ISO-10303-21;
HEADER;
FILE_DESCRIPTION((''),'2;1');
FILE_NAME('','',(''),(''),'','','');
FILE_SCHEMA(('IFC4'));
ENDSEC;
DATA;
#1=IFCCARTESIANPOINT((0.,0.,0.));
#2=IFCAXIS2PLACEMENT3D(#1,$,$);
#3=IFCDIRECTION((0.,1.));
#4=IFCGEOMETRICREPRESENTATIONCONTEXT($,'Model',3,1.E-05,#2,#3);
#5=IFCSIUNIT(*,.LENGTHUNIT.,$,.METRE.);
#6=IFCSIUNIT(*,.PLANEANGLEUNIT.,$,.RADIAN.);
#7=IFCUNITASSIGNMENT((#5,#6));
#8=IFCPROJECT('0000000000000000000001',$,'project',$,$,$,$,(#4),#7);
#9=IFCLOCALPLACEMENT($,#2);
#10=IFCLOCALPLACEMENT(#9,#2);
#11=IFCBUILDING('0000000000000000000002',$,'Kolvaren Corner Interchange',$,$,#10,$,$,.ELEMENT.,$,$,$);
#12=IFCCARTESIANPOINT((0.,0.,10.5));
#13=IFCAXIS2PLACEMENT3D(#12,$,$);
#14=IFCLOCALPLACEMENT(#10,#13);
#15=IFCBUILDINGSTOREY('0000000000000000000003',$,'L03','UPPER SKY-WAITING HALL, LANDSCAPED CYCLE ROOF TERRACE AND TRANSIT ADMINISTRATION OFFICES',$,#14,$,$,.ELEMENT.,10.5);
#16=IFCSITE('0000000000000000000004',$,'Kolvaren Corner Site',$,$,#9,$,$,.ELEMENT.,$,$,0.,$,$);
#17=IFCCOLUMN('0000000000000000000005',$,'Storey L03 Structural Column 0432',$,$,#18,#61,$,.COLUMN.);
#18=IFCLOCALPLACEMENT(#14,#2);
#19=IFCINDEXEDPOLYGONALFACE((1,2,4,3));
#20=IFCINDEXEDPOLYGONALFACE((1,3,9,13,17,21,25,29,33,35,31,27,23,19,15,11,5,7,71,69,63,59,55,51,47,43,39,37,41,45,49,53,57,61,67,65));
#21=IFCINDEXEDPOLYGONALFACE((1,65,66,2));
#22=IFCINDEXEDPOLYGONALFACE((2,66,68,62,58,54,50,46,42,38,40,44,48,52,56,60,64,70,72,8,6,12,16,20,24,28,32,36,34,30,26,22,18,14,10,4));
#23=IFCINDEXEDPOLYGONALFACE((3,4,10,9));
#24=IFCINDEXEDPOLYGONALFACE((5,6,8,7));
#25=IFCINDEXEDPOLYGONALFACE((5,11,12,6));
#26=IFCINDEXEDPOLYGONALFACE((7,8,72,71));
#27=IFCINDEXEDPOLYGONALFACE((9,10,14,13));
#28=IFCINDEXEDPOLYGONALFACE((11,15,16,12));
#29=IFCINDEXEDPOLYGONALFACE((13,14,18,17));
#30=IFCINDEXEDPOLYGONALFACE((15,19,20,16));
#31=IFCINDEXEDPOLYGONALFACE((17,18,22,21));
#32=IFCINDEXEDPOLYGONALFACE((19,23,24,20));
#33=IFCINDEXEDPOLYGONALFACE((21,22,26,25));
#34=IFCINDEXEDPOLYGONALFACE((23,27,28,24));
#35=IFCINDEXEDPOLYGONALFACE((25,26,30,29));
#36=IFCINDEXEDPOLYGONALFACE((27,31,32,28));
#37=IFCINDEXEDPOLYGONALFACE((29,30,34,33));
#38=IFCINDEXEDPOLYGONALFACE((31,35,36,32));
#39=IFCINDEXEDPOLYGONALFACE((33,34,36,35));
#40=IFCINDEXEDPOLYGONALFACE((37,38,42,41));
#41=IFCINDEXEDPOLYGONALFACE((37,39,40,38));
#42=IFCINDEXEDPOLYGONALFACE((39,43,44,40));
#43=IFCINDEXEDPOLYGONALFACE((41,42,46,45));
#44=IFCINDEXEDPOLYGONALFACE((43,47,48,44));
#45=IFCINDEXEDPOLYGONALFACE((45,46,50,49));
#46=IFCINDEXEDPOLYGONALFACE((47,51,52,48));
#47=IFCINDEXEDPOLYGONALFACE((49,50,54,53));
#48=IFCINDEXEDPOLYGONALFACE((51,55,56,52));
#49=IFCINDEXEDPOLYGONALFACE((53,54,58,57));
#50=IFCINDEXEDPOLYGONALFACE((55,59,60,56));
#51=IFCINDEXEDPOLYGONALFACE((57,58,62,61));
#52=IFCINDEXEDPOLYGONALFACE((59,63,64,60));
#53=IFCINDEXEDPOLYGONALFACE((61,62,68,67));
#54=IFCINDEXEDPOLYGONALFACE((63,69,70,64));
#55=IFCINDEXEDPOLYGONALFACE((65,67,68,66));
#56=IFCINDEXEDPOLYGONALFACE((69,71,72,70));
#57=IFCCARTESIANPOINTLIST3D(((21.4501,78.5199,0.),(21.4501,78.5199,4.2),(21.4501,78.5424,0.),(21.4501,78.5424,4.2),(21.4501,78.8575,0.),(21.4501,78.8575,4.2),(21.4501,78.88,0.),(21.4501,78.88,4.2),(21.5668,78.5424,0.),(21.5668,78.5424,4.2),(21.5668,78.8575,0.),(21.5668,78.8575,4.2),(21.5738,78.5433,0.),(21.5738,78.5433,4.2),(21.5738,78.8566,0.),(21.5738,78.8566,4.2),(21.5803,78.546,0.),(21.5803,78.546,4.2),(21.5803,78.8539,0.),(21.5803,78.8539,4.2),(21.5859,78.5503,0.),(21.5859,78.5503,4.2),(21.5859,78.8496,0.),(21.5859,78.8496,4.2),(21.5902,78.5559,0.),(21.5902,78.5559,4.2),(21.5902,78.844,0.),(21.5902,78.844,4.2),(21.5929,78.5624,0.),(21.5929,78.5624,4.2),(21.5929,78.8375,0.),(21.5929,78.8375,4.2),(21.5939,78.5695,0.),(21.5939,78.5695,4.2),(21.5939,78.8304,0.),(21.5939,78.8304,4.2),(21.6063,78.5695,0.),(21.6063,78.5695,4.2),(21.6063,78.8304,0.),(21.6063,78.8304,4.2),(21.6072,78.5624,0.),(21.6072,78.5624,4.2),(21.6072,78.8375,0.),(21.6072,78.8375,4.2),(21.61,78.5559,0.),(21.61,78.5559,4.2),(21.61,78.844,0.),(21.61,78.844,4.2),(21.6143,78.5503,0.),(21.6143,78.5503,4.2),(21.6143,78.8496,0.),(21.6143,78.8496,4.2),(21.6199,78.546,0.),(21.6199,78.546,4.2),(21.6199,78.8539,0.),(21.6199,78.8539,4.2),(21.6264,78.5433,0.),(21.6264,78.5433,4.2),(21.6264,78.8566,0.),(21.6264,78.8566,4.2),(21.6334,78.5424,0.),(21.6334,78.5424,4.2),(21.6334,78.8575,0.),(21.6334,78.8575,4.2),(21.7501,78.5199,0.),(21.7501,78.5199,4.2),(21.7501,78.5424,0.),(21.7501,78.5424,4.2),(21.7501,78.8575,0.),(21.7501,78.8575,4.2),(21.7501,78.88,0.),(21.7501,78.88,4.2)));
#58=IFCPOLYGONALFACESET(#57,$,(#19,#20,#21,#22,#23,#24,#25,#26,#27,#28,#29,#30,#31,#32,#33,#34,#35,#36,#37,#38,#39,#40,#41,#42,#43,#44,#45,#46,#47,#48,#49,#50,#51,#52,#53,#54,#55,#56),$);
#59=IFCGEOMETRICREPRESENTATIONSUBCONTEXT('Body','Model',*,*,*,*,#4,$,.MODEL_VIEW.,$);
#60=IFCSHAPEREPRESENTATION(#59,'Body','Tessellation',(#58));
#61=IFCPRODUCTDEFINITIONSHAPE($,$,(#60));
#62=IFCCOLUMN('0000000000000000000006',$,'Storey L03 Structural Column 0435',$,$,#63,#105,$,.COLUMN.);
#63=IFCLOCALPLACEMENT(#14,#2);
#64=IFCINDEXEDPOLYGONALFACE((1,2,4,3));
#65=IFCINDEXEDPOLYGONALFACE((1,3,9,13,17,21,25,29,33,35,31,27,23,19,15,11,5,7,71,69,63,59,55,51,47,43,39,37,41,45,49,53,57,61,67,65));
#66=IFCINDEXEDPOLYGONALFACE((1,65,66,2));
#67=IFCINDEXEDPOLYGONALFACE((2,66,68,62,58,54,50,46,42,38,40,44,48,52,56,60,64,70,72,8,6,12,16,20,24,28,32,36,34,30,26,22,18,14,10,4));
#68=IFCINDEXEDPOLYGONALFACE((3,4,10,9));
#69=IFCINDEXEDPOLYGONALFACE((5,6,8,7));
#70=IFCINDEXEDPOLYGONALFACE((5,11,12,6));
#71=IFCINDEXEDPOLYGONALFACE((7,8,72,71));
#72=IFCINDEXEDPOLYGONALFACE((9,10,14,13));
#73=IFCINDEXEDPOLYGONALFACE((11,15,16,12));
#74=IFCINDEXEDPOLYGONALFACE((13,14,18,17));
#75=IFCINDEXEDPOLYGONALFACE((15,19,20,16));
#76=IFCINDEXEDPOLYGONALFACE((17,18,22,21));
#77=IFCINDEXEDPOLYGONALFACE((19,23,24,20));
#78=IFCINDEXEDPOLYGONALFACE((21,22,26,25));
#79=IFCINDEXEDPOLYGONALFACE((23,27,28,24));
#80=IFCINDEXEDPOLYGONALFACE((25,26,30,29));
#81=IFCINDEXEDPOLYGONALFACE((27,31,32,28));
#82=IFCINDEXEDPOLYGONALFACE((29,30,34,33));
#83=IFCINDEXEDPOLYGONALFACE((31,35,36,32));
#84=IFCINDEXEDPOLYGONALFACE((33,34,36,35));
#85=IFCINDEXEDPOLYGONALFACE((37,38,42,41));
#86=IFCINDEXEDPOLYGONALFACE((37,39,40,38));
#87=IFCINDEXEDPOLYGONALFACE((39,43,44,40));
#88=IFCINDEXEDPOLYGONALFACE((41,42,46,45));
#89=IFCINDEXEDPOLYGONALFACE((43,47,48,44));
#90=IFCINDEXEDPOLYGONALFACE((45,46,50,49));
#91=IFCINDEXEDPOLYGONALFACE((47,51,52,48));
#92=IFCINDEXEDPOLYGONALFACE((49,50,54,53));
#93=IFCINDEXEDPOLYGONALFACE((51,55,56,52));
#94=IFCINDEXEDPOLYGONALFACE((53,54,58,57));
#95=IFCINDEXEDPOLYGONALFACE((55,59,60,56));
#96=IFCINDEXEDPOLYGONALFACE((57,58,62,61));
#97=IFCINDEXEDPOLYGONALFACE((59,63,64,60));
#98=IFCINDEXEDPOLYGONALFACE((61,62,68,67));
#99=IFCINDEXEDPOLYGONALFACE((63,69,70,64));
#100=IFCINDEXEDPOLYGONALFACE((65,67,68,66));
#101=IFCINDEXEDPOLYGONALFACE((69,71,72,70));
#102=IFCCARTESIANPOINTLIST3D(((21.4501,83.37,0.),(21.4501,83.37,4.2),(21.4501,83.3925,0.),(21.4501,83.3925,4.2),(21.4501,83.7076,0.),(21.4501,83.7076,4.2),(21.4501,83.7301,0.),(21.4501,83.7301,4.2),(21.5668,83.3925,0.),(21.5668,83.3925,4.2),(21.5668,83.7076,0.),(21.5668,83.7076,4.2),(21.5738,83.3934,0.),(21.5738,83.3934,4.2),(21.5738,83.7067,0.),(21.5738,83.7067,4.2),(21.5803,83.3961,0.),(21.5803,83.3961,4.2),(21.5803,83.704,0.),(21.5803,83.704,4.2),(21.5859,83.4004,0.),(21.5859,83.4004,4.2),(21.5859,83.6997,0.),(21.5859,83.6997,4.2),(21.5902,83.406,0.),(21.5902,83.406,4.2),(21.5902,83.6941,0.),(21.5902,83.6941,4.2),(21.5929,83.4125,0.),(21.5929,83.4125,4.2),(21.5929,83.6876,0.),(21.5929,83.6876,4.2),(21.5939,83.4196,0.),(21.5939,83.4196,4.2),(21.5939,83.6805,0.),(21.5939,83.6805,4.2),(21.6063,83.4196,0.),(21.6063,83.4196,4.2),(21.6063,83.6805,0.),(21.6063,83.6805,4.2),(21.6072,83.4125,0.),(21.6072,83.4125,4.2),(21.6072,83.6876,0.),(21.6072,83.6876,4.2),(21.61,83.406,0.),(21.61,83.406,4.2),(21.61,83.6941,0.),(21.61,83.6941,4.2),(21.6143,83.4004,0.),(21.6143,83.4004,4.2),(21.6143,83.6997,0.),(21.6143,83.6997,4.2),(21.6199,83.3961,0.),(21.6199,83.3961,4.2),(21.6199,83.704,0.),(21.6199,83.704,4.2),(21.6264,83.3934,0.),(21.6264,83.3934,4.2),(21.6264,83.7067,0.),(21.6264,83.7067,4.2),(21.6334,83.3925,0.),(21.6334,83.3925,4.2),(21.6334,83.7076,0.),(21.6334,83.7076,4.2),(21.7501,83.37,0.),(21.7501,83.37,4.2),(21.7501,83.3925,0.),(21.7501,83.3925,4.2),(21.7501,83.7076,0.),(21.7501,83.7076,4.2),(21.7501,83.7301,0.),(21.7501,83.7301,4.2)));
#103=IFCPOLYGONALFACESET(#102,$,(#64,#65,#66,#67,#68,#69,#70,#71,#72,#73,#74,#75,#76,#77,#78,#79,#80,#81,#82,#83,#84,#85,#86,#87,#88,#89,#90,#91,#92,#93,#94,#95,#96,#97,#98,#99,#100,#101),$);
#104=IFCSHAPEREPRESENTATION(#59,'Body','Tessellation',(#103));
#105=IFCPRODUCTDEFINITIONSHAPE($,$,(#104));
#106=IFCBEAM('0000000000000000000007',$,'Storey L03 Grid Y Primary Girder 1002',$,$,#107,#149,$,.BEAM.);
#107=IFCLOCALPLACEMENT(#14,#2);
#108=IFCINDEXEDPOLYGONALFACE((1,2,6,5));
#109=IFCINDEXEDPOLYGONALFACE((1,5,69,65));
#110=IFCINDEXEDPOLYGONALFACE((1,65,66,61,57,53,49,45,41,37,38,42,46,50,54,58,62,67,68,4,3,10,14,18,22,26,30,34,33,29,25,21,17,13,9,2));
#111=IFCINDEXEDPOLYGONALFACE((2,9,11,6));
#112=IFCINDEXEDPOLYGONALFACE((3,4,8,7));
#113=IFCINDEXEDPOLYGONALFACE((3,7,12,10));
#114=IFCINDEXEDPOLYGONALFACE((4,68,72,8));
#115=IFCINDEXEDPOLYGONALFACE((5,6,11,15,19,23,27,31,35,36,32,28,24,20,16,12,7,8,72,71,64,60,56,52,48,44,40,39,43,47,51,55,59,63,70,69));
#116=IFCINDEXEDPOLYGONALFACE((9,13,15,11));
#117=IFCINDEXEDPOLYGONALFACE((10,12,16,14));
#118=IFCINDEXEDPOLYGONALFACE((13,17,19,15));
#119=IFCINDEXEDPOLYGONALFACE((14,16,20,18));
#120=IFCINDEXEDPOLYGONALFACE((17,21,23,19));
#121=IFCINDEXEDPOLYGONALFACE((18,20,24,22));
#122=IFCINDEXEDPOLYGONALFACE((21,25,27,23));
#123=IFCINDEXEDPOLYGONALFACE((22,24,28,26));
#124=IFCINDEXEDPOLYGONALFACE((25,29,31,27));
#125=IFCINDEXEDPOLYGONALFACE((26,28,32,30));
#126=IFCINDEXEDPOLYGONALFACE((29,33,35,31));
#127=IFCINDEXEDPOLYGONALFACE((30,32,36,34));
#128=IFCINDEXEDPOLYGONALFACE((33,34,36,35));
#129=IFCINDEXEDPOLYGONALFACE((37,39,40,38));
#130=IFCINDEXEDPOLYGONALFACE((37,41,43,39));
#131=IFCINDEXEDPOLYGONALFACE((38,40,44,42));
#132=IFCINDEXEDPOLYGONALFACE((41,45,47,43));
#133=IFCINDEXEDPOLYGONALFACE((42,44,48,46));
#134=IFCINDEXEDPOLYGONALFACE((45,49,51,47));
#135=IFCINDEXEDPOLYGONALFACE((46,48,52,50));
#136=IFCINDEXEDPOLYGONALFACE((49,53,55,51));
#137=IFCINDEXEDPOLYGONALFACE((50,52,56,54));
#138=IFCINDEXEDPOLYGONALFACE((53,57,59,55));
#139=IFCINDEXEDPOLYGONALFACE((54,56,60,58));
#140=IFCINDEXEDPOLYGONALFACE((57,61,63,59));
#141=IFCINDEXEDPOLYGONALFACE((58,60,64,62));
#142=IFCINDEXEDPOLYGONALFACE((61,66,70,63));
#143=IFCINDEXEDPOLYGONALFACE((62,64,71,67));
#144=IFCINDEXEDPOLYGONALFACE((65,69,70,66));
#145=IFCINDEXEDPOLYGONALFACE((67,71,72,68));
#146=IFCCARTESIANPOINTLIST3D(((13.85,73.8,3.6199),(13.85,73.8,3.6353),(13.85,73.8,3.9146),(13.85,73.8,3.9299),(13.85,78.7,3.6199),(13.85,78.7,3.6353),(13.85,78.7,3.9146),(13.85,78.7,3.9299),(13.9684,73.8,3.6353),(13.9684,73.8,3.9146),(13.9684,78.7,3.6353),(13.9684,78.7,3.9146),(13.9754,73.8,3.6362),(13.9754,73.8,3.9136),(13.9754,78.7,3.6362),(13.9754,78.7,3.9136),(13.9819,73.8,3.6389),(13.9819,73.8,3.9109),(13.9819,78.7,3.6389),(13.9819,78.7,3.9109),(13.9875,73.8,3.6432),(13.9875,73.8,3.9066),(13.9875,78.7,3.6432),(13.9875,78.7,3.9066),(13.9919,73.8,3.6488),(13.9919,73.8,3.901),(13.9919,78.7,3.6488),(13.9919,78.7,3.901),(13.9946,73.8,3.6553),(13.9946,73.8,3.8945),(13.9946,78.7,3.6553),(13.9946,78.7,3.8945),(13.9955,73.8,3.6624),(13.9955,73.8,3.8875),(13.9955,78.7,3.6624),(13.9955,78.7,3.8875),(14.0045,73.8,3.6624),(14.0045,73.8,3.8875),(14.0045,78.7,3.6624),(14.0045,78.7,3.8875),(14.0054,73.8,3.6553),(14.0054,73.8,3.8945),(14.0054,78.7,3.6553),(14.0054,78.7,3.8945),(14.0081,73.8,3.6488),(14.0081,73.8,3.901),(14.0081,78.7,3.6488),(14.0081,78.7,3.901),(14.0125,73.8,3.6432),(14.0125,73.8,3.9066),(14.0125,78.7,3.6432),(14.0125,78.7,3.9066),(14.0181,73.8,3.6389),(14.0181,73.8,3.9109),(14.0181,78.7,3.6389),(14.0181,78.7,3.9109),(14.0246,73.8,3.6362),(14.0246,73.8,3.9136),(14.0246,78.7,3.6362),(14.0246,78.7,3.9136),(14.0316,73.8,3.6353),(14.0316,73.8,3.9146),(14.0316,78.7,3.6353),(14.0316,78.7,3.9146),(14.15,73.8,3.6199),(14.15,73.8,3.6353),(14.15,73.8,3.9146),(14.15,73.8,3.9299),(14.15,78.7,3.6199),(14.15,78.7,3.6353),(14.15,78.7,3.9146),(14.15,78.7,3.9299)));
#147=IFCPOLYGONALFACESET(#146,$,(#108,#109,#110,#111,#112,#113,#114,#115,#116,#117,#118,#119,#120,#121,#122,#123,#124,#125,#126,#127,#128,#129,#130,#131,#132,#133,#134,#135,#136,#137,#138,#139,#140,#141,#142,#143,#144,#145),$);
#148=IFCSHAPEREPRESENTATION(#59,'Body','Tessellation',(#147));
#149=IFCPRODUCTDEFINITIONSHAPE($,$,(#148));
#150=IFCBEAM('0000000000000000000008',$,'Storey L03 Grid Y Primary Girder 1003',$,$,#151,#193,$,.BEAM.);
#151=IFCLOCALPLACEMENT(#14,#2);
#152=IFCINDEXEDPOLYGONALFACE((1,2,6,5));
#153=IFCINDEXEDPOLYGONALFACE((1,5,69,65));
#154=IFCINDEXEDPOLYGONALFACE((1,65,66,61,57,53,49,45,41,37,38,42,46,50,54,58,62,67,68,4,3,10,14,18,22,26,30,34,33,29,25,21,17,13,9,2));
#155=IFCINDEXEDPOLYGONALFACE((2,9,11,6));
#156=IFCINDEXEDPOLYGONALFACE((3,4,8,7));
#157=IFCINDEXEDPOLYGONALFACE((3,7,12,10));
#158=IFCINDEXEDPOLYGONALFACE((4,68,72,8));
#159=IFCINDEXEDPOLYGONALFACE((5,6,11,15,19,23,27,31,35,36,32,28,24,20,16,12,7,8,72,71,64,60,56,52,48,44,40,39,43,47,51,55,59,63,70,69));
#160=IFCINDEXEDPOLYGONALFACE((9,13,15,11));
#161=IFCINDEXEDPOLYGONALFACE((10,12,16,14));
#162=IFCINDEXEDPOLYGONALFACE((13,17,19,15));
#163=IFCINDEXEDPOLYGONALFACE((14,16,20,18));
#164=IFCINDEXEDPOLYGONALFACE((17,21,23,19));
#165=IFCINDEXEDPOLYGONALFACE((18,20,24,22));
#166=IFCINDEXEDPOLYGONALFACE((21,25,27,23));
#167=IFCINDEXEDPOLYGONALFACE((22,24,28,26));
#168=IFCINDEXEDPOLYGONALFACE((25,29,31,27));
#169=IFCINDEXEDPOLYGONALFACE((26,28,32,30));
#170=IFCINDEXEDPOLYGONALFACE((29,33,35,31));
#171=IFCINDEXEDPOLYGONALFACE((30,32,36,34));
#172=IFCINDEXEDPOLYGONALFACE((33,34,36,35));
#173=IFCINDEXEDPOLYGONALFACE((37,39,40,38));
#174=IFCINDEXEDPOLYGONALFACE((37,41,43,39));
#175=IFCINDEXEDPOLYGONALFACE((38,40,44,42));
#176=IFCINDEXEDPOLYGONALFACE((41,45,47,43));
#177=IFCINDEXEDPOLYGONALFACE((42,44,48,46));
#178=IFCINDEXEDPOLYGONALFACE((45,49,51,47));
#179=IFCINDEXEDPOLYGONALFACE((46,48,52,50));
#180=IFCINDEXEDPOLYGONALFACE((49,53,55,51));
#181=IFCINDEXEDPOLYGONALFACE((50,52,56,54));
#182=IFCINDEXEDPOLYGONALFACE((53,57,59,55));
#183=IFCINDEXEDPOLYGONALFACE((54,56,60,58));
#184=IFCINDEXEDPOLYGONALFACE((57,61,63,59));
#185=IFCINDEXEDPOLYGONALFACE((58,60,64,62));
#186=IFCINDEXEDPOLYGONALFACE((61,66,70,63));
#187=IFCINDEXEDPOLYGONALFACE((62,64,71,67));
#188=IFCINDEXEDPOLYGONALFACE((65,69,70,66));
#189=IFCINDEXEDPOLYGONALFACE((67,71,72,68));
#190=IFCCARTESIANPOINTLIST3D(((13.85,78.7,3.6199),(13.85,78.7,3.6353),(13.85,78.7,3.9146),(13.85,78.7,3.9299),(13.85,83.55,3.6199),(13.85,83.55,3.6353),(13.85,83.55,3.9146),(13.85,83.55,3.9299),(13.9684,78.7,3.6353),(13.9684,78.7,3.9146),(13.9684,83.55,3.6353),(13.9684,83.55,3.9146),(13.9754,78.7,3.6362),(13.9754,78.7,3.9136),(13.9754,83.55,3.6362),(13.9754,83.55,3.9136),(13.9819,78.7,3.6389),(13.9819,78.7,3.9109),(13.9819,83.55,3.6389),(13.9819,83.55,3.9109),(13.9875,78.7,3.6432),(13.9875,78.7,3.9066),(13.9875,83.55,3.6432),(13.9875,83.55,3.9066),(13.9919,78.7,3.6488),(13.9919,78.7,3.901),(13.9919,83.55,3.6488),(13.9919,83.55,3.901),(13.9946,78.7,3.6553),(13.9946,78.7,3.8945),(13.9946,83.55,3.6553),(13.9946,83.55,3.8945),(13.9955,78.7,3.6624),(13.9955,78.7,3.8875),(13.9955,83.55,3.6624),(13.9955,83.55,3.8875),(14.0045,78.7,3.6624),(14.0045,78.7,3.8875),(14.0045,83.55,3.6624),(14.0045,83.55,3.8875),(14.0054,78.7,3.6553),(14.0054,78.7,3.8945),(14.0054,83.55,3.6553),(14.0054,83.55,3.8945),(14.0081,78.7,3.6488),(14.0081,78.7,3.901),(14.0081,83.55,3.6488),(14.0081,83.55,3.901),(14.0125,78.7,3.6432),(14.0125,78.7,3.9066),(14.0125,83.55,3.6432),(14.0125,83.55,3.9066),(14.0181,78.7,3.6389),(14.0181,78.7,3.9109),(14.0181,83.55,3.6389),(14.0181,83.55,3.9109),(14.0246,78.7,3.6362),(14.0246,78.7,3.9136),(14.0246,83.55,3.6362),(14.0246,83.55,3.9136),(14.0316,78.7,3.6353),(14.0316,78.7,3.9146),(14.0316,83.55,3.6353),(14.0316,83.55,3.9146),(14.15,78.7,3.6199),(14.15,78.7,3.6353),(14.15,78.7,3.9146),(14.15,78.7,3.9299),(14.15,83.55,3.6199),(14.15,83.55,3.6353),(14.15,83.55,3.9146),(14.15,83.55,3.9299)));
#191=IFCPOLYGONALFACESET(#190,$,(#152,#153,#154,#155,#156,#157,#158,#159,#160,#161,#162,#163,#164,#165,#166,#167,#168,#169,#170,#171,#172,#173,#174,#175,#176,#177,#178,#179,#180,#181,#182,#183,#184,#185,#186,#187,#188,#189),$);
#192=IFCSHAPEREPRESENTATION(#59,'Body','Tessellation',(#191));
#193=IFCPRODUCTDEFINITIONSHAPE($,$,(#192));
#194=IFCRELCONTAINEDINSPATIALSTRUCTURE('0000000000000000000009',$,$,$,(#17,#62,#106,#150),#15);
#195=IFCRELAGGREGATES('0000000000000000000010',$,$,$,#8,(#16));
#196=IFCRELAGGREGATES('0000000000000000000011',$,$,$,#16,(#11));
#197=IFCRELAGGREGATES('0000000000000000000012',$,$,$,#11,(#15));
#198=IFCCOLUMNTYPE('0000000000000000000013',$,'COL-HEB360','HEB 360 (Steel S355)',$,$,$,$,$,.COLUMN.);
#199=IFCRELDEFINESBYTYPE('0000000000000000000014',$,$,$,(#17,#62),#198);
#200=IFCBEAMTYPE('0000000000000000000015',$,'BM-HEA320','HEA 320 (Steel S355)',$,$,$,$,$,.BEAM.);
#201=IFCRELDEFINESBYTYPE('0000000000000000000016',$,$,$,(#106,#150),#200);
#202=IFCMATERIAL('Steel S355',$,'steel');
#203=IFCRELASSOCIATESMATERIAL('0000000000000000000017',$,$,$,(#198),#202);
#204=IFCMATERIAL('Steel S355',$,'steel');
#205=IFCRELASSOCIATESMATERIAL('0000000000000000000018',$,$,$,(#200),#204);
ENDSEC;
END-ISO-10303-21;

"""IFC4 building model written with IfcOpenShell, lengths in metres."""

from ifc_helpers import new_model, si_unit, direction, frame, origin, origin_2d, place, context, subcontext, project, spatial, i_section, extrude, material, material_profile, profile_set, type_object, element, save


model = new_model("IFC4")

# Units and contexts
model_context = context("Model", 3, precision=1e-05, world=origin(), true_north=direction((0.0, 1.0)))
body_context = subcontext(model_context, "Body", "Model", "MODEL_VIEW")
ifc_project = project(units=[si_unit("LENGTHUNIT", "METRE"), si_unit("PLANEANGLEUNIT", "RADIAN")], contexts=[model_context])

# Site, building, storey
site_placement = place(None, origin())
site = spatial("IfcSite", under=ifc_project, at=site_placement, Name="Kolvaren Corner Site", CompositionType="ELEMENT", RefElevation=0.0)
building_placement = place(site_placement, origin())
building = spatial("IfcBuilding", under=site, at=building_placement, Name="Kolvaren Corner Interchange", CompositionType="ELEMENT")
storey_placement = place(building_placement, frame((0.0, 0.0, 10.5)))
storey = spatial("IfcBuildingStorey", under=building, at=storey_placement, Name="L03", Description="UPPER SKY-WAITING HALL, LANDSCAPED CYCLE ROOF TERRACE AND TRANSIT ADMINISTRATION OFFICES", CompositionType="ELEMENT", Elevation=10.5)

# Columns
ifc_material_1 = material(Name="Steel S355", Category="steel")
ifc_material_profile_1 = material_profile(ifc_material_1, i_section(OverallWidth=0.3, OverallDepth=0.3601, WebThickness=0.0125, FlangeThickness=0.0225, FilletRadius=0.0271, at=origin_2d()), Name="HEB 360")
ifc_profile_set_1 = profile_set([ifc_material_profile_1], Name="Steel S355")
column_type = type_object("IfcColumnType", Name="COL-HEB360", Description="HEB 360 (Steel S355)", PredefinedType="COLUMN", material=ifc_profile_set_1)
for number, where, z_axis, x_axis, name in (
    (1, (21.6001, 78.7, 0.0), (0.0, 0.0, 1.0), (1.0, 0.0, 0.0), "Storey L03 Structural Column 0432"),
    (2, (21.6001, 83.55, 0.0), (0.0, 0.0, 1.0), (1.0, 0.0, 0.0), "Storey L03 Structural Column 0435"),
):
    element("IfcColumn", number, at=place(storey_placement, frame(where, z_axis=z_axis, x_axis=x_axis)), inside=storey, type_object=column_type, Name=name, PredefinedType="COLUMN", context=body_context, shape_type="SweptSolid", body=[
        extrude(i_section(OverallWidth=0.3, OverallDepth=0.3601, WebThickness=0.0125, FlangeThickness=0.0225, FilletRadius=0.0271, at=origin_2d()), origin(), (0.0, 0.0, 1.0), 4.2),
    ])

# Beams
ifc_material_2 = material(Name="Steel S355", Category="steel")
ifc_material_profile_2 = material_profile(ifc_material_2, i_section(OverallWidth=0.3, OverallDepth=0.3101, WebThickness=0.009, FlangeThickness=0.0154, FilletRadius=0.0271, at=origin_2d()), Name="HEA 320")
ifc_profile_set_2 = profile_set([ifc_material_profile_2], Name="Steel S355")
beam_type_1 = type_object("IfcBeamType", Name="BM-HEA320", Description="HEA 320 (Steel S355)", PredefinedType="BEAM", material=ifc_profile_set_2)
beam_1_placement = place(storey_placement, frame((14.0, 73.8, 3.7749), z_axis=(0.0, 1.0, 0.0), x_axis=(-1.0, 0.0, 0.0)))
element("IfcBeam", 3, at=beam_1_placement, inside=storey, type_object=beam_type_1, Name="Storey L03 Grid Y Primary Girder 1002", PredefinedType="BEAM", context=body_context, shape_type="SweptSolid", body=[
    extrude(i_section(OverallWidth=0.3, OverallDepth=0.3101, WebThickness=0.009, FlangeThickness=0.0154, FilletRadius=0.0271, at=origin_2d()), origin(), (0.0, 0.0, 1.0), 4.8999),
])
beam_2_placement = place(storey_placement, frame((14.0, 78.7, 3.7749), z_axis=(0.0, 1.0, 0.0), x_axis=(-1.0, 0.0, 0.0)))
element("IfcBeam", 4, at=beam_2_placement, inside=storey, type_object=beam_type_1, Name="Storey L03 Grid Y Primary Girder 1003", PredefinedType="BEAM", context=body_context, shape_type="SweptSolid", body=[
    extrude(i_section(OverallWidth=0.3, OverallDepth=0.3101, WebThickness=0.009, FlangeThickness=0.0154, FilletRadius=0.0271, at=origin_2d()), origin(), (0.0, 0.0, 1.0), 4.8501),
])

save(model, "model.ifc")
